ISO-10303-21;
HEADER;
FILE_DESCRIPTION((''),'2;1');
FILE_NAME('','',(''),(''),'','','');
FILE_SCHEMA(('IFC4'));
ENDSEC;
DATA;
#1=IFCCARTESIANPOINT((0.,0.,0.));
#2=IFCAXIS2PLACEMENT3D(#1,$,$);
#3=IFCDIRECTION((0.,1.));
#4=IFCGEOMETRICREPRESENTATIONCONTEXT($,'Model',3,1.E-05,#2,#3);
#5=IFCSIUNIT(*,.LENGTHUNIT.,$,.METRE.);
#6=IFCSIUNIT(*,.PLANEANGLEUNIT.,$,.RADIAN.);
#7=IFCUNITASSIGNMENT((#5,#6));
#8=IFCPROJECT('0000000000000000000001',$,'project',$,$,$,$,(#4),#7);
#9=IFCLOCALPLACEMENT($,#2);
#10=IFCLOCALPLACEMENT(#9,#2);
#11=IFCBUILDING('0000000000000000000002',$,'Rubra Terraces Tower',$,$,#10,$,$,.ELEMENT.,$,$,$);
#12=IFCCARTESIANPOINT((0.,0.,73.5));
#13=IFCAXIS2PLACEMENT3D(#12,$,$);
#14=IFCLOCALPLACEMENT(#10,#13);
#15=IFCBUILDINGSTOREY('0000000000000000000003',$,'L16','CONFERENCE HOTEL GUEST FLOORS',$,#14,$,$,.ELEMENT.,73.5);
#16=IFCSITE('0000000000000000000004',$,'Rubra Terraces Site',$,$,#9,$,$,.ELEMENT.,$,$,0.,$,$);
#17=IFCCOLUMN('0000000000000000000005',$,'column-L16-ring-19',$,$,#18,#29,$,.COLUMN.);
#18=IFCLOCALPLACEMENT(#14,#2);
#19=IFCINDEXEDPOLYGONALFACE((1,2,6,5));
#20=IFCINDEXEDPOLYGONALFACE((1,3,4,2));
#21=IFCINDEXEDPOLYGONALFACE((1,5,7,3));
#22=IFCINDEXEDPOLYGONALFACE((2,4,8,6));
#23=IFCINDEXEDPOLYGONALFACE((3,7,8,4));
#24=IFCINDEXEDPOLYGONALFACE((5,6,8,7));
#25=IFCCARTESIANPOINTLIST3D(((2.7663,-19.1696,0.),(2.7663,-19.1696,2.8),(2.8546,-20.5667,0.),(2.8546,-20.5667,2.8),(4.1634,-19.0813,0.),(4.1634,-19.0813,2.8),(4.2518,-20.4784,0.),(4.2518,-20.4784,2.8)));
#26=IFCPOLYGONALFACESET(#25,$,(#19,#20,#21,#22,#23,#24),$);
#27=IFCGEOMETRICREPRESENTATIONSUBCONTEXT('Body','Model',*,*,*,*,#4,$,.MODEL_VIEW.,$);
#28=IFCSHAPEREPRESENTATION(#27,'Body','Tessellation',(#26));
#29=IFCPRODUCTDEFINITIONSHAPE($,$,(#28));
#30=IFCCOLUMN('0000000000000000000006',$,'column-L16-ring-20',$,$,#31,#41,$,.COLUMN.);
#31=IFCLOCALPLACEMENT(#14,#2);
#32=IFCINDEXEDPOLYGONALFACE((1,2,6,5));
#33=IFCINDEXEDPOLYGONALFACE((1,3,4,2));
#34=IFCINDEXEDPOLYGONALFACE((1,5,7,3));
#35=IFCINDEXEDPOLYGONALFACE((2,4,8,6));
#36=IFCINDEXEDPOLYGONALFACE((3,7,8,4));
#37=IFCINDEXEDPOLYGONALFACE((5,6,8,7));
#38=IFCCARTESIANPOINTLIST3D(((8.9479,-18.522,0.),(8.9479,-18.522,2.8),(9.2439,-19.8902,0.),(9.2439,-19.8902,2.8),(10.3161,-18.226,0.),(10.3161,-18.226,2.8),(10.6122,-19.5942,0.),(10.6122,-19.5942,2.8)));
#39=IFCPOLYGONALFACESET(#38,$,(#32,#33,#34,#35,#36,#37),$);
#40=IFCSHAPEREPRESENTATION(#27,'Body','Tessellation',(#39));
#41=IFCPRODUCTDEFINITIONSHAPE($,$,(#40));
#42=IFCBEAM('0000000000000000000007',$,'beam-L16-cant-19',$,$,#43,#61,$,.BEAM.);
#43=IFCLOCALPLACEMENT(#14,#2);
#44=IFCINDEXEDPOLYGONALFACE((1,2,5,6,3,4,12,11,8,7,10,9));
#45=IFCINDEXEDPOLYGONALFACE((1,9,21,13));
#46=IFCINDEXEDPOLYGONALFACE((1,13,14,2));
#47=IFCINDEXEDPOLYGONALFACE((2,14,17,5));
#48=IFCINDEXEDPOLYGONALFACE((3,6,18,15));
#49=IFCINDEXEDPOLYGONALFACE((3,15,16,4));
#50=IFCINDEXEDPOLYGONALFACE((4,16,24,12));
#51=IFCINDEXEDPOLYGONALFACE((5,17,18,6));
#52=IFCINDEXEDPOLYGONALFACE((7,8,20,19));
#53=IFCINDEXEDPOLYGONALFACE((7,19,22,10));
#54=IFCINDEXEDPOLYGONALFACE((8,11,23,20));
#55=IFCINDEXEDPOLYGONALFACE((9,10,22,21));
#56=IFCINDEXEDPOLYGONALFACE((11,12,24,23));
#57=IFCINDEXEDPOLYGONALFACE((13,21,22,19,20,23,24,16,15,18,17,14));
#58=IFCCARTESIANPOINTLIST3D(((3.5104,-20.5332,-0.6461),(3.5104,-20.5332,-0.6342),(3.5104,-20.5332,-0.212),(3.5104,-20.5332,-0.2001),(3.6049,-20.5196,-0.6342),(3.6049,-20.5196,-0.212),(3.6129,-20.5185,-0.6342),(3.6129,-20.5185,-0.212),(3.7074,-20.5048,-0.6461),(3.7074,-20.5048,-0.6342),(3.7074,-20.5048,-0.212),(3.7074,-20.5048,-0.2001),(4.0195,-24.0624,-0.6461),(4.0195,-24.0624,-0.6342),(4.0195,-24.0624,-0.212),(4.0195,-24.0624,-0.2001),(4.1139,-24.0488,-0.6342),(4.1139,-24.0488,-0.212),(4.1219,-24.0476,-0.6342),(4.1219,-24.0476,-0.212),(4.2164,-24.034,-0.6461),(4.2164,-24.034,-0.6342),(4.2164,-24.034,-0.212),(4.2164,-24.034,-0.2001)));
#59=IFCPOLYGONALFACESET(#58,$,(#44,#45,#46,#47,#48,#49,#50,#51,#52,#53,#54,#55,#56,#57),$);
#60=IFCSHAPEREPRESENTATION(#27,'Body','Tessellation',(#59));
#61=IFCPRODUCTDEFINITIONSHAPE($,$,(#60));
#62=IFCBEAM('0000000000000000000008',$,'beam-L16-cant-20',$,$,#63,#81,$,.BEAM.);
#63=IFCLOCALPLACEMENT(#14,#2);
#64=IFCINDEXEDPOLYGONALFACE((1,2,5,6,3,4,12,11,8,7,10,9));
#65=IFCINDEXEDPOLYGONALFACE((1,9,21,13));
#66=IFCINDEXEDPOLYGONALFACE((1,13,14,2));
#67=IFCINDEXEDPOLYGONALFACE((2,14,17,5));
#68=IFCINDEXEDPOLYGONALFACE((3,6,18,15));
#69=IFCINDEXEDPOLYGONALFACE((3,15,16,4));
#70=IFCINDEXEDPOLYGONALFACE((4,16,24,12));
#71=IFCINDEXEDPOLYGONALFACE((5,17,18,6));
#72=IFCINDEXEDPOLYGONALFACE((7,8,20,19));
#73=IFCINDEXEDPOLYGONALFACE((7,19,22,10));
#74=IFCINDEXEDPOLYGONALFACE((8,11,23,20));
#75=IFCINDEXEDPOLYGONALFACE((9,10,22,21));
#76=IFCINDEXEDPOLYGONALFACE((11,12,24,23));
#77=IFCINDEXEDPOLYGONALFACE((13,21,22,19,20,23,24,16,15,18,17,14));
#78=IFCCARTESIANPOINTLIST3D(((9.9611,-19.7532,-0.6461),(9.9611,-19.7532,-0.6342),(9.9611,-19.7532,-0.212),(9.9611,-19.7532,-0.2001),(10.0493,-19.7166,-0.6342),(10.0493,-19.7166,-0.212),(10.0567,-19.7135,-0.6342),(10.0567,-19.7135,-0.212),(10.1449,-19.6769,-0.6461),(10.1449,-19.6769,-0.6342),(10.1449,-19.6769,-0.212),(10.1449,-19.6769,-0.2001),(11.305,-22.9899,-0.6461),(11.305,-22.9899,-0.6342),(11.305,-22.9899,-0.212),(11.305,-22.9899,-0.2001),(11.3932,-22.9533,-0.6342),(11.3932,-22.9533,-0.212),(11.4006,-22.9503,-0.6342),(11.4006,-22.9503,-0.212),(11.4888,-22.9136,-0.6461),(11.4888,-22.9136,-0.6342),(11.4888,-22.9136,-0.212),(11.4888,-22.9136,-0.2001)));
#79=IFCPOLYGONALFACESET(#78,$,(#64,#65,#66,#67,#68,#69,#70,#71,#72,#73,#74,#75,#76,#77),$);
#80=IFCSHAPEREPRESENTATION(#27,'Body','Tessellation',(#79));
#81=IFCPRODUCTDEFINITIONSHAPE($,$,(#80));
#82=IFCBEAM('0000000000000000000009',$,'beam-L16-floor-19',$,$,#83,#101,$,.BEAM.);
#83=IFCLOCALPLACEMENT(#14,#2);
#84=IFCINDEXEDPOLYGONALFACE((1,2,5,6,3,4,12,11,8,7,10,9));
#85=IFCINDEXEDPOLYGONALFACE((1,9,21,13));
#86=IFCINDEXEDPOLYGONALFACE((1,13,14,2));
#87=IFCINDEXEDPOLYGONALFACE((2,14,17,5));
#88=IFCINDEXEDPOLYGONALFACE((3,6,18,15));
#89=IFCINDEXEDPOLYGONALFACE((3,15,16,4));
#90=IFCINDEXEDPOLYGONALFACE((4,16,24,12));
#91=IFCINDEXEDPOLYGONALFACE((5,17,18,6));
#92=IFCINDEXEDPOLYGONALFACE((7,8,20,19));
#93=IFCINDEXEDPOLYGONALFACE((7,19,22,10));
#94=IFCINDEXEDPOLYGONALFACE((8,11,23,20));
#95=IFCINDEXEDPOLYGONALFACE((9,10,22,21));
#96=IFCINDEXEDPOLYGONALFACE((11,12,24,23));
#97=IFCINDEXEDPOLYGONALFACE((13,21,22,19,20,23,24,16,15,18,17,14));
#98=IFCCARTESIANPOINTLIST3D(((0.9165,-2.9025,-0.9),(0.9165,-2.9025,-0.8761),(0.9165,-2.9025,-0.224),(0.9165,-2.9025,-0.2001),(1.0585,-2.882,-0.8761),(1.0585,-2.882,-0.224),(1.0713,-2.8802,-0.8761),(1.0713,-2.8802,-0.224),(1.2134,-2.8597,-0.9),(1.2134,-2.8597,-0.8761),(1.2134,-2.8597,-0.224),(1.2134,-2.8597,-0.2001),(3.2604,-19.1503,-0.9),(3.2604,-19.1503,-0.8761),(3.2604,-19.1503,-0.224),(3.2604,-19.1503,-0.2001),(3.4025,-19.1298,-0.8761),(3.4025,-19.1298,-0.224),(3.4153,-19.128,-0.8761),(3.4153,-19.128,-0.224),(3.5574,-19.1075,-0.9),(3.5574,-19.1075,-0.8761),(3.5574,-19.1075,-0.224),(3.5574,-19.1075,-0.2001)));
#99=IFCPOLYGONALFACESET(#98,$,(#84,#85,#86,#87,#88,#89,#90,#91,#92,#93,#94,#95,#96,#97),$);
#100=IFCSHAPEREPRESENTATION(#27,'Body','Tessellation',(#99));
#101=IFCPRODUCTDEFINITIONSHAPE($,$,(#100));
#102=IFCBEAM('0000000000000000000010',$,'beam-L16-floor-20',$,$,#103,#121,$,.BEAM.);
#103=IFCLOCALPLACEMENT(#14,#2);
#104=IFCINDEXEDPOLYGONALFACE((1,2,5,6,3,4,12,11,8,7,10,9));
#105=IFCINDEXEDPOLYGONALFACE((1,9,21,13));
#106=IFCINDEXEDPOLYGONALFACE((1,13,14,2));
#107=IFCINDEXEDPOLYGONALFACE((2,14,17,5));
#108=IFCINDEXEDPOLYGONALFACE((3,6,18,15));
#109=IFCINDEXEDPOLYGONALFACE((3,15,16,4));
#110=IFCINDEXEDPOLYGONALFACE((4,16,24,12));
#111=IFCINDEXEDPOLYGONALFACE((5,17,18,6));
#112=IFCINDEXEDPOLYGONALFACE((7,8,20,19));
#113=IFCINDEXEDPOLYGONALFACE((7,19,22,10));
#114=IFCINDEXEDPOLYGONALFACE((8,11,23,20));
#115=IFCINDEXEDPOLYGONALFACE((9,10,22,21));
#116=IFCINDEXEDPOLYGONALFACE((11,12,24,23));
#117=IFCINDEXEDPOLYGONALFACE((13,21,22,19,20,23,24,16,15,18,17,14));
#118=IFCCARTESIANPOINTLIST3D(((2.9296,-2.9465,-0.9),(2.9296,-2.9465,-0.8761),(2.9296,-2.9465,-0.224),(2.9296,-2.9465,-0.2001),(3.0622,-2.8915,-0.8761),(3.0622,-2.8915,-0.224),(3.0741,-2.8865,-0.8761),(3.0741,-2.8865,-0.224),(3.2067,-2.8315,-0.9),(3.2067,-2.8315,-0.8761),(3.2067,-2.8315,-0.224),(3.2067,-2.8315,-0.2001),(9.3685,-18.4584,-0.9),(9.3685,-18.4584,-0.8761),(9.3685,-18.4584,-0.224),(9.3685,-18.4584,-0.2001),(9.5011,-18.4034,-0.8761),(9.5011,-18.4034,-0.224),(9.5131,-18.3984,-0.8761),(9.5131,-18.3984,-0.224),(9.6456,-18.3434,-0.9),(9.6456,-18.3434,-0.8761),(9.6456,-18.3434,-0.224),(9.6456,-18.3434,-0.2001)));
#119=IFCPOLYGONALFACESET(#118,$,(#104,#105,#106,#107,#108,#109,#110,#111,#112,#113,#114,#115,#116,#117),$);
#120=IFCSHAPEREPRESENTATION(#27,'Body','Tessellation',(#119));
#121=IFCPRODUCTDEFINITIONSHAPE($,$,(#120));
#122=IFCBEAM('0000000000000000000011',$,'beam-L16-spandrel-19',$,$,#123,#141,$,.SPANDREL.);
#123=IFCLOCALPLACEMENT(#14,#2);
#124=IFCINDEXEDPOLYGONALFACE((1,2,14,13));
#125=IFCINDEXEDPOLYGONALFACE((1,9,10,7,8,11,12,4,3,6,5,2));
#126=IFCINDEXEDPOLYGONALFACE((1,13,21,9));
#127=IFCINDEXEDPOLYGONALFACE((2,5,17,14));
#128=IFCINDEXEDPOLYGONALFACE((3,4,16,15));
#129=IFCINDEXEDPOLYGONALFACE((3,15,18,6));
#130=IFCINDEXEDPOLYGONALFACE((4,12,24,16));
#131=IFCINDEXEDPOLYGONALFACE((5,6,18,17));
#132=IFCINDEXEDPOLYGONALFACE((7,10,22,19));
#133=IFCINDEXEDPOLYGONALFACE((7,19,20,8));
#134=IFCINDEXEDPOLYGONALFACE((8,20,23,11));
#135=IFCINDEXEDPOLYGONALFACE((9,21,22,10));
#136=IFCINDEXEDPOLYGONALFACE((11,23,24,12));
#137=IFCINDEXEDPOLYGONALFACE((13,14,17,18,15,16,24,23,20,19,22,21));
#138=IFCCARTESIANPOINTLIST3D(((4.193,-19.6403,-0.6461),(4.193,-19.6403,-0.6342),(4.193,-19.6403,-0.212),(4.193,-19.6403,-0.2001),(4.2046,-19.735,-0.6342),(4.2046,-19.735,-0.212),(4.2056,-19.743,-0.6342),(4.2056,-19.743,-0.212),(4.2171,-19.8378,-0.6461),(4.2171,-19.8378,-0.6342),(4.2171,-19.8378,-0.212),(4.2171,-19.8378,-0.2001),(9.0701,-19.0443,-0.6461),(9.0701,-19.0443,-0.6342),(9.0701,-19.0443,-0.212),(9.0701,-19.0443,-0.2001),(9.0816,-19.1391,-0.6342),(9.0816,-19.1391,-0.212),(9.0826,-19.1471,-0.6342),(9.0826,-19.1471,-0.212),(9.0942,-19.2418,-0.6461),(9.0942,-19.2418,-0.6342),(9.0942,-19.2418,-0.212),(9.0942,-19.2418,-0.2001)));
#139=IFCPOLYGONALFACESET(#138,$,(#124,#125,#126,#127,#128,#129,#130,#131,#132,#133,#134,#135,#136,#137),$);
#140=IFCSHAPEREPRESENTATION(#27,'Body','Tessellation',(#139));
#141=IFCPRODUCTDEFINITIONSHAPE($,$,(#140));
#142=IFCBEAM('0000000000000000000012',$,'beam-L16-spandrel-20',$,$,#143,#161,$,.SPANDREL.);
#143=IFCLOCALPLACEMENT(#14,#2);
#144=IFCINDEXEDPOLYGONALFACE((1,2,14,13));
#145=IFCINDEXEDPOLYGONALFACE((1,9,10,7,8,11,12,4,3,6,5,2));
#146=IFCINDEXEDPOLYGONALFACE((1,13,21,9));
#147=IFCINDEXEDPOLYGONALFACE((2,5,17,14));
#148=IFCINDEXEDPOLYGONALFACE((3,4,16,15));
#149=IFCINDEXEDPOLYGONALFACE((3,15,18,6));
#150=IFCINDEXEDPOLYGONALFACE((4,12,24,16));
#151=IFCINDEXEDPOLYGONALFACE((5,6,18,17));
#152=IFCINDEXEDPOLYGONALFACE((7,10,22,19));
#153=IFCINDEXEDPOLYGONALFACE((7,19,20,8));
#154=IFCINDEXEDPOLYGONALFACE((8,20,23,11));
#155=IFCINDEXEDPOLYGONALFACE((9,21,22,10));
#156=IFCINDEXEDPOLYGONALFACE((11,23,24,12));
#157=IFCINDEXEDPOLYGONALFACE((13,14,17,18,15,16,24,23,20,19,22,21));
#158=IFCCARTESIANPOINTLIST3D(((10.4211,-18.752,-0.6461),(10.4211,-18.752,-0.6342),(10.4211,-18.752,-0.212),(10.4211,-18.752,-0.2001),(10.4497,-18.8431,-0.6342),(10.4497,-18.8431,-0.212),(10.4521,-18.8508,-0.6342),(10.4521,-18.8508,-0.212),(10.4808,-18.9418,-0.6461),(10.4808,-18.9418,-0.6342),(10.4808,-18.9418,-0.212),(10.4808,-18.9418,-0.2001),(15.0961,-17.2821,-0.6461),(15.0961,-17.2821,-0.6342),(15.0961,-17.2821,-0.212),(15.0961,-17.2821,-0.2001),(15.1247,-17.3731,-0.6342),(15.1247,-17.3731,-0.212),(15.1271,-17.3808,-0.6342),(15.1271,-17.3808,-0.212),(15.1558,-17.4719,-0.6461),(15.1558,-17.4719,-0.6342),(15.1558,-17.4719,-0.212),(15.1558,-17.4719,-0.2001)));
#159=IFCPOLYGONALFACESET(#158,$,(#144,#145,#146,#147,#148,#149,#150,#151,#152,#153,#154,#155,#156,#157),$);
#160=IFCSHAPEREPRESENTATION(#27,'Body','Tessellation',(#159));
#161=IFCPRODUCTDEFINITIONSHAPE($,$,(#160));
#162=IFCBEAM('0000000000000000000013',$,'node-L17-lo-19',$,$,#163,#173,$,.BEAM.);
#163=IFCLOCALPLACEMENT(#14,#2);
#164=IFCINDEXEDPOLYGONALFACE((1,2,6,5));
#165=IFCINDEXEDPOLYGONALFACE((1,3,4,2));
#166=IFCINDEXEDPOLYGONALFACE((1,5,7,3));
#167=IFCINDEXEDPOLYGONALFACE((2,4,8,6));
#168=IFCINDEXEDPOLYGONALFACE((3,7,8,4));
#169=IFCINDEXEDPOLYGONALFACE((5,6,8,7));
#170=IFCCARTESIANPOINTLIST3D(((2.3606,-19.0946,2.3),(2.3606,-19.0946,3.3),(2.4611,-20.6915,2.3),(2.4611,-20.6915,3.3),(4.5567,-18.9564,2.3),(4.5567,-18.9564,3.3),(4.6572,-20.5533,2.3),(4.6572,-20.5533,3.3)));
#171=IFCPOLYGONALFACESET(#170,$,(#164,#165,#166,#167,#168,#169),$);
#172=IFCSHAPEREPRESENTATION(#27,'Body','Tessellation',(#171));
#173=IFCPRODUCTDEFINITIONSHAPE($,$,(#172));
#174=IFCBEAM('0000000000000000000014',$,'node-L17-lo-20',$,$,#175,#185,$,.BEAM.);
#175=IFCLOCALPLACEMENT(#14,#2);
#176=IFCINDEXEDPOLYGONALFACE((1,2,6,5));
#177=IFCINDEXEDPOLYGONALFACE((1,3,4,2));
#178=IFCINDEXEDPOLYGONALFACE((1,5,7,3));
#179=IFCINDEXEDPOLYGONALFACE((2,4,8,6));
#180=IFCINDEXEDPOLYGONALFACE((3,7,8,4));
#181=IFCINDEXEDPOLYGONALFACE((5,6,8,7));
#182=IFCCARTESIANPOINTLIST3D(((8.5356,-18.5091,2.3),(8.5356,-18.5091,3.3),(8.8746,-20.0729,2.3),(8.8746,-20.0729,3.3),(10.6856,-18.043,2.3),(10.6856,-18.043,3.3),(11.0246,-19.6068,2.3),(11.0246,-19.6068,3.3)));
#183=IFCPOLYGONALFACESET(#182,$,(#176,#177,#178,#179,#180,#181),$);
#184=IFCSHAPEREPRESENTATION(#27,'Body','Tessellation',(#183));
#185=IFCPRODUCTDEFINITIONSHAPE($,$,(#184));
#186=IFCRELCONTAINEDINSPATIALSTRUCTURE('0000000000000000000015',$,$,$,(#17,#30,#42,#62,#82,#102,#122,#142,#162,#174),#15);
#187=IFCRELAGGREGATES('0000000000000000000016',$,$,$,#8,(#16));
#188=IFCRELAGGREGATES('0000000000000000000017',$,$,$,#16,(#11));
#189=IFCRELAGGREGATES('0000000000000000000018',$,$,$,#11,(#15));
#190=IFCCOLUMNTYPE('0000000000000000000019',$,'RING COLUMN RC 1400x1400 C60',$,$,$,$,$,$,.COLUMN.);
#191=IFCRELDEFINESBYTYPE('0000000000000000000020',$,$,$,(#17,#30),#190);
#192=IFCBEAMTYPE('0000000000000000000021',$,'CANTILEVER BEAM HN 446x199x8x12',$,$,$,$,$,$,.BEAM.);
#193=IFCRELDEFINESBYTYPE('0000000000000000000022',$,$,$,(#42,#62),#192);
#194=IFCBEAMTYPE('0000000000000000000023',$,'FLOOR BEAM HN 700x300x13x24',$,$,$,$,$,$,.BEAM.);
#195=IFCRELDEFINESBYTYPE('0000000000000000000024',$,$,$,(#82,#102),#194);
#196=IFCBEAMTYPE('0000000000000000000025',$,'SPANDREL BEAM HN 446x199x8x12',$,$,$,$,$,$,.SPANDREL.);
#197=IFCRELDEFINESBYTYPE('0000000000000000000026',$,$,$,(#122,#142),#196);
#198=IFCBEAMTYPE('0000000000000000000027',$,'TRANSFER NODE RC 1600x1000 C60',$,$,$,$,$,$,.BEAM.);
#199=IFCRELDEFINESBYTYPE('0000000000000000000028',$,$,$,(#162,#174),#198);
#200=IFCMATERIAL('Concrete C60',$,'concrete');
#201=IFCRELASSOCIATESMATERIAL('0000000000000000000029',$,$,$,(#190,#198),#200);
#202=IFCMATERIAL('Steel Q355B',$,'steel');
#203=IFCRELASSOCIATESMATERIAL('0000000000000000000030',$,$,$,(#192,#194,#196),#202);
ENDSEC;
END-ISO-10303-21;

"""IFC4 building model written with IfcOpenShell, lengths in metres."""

from ifc_helpers import new_model, si_unit, direction, frame, origin, origin_2d, place, context, subcontext, project, spatial, rectangle, i_section, extrude, material, material_profile, profile_set, type_object, element, save


model = new_model("IFC4")

# Units and contexts
model_context = context("Model", 3, precision=1e-05, world=origin(), true_north=direction((0.0, 1.0)))
body_context = subcontext(model_context, "Body", "Model", "MODEL_VIEW")
ifc_project = project(units=[si_unit("LENGTHUNIT", "METRE"), si_unit("PLANEANGLEUNIT", "RADIAN")], contexts=[model_context])

# Site, building, storey
site_placement = place(None, origin())
site = spatial("IfcSite", under=ifc_project, at=site_placement, Name="Rubra Terraces Site", CompositionType="ELEMENT", RefElevation=0.0)
building_placement = place(site_placement, origin())
building = spatial("IfcBuilding", under=site, at=building_placement, Name="Rubra Terraces Tower", CompositionType="ELEMENT")
storey_placement = place(building_placement, frame((0.0, 0.0, 73.5)))
storey = spatial("IfcBuildingStorey", under=building, at=storey_placement, Name="L16", Description="CONFERENCE HOTEL GUEST FLOORS", CompositionType="ELEMENT", Elevation=73.5)

# Columns
ifc_material_1 = material(Name="Concrete C60", Category="concrete")
ifc_material_profile_1 = material_profile(ifc_material_1, rectangle(XDim=1.3999, YDim=1.3999, at=origin_2d()), Name="RC 1400x1400")
ifc_profile_set_1 = profile_set([ifc_material_profile_1], Name="Concrete C60")
column_type = type_object("IfcColumnType", Name="RING COLUMN RC 1400x1400 C60", PredefinedType="COLUMN", material=ifc_profile_set_1)
for number, where, z_axis, x_axis, name in (
    (1, (3.509, -19.824, 0.0), (0.0, 0.0, 1.0), (0.998008, 0.063094, 0.0), "column-L16-ring-19"),
    (2, (9.78, -19.0581, 0.0), (0.0, 0.0, 1.0), (0.977386, 0.211462, 0.0), "column-L16-ring-20"),
):
    element("IfcColumn", number, at=place(storey_placement, frame(where, z_axis=z_axis, x_axis=x_axis)), inside=storey, type_object=column_type, Name=name, PredefinedType="COLUMN", context=body_context, shape_type="SweptSolid", body=[
        extrude(rectangle(XDim=1.3999, YDim=1.3999, at=origin_2d()), origin(), (0.0, 0.0, 1.0), 2.8),
    ])

# Beams
ifc_material_2 = material(Name="Steel Q355B", Category="steel")
ifc_material_profile_2 = material_profile(ifc_material_2, i_section(OverallWidth=0.199, OverallDepth=0.446, WebThickness=0.0081, FlangeThickness=0.012, at=origin_2d()), Name="HN 446x199x8x12")
ifc_profile_set_2 = profile_set([ifc_material_profile_2], Name="Steel Q355B")
beam_type_1 = type_object("IfcBeamType", Name="CANTILEVER BEAM HN 446x199x8x12", PredefinedType="BEAM", material=ifc_profile_set_2)
beam_1_placement = place(storey_placement, frame((3.6089, -20.519, -0.4231), z_axis=(0.142763, -0.989757, 0.0), x_axis=(0.989757, 0.142763, 0.0)))
element("IfcBeam", 3, at=beam_1_placement, inside=storey, type_object=beam_type_1, Name="beam-L16-cant-19", PredefinedType="BEAM", context=body_context, shape_type="SweptSolid", body=[
    extrude(i_section(OverallWidth=0.199, OverallDepth=0.446, WebThickness=0.0081, FlangeThickness=0.012, at=origin_2d()), origin(), (0.0, 0.0, 1.0), 3.5657),
])
beam_2_placement = place(storey_placement, frame((10.053, -19.7151, -0.4231), z_axis=(0.383477, -0.92355, 0.0), x_axis=(0.92355, 0.383477, 0.0)))
element("IfcBeam", 4, at=beam_2_placement, inside=storey, type_object=beam_type_1, Name="beam-L16-cant-20", PredefinedType="BEAM", context=body_context, shape_type="SweptSolid", body=[
    extrude(i_section(OverallWidth=0.199, OverallDepth=0.446, WebThickness=0.0081, FlangeThickness=0.012, at=origin_2d()), origin(), (0.0, 0.0, 1.0), 3.5046),
])
ifc_material_profile_3 = material_profile(ifc_material_2, i_section(OverallWidth=0.3, OverallDepth=0.7, WebThickness=0.0129, FlangeThickness=0.0239, at=origin_2d()), Name="HN 700x300x13x24")
ifc_profile_set_3 = profile_set([ifc_material_profile_3], Name="Steel Q355B")
beam_type_2 = type_object("IfcBeamType", Name="FLOOR BEAM HN 700x300x13x24", PredefinedType="BEAM", material=ifc_profile_set_3)
beam_3_placement = place(storey_placement, frame((3.4089, -19.1289, -0.55), z_axis=(-0.142787, 0.989753, 0.0), x_axis=(-0.989753, -0.142787, 0.0)))
element("IfcBeam", 5, at=beam_3_placement, inside=storey, type_object=beam_type_2, Name="beam-L16-floor-19", PredefinedType="BEAM", context=body_context, shape_type="SweptSolid", body=[
    extrude(i_section(OverallWidth=0.3, OverallDepth=0.7, WebThickness=0.0129, FlangeThickness=0.0239, at=origin_2d()), origin(), (0.0, 0.0, 1.0), 16.416),
])
beam_4_placement = place(storey_placement, frame((9.5071, -18.4009, -0.55), z_axis=(-0.38338, 0.923591, 0.0), x_axis=(-0.923591, -0.38338, 0.0)))
element("IfcBeam", 6, at=beam_4_placement, inside=storey, type_object=beam_type_2, Name="beam-L16-floor-20", PredefinedType="BEAM", context=body_context, shape_type="SweptSolid", body=[
    extrude(i_section(OverallWidth=0.3, OverallDepth=0.7, WebThickness=0.0129, FlangeThickness=0.0239, at=origin_2d()), origin(), (0.0, 0.0, 1.0), 16.7952),
])
ifc_material_profile_4 = material_profile(ifc_material_2, i_section(OverallWidth=0.199, OverallDepth=0.446, WebThickness=0.0081, FlangeThickness=0.012, at=origin_2d()), Name="HN 446x199x8x12")
ifc_profile_set_4 = profile_set([ifc_material_profile_4], Name="Steel Q355B")
beam_type_3 = type_object("IfcBeamType", Name="SPANDREL BEAM HN 446x199x8x12", PredefinedType="SPANDREL", material=ifc_profile_set_4)
beam_5_placement = place(storey_placement, frame((4.2051, -19.739, -0.4231), z_axis=(0.992617, 0.121294, 0.0), x_axis=(-0.121294, 0.992617, 0.0)))
element("IfcBeam", 7, at=beam_5_placement, inside=storey, type_object=beam_type_3, Name="beam-L16-spandrel-19", PredefinedType="SPANDREL", context=body_context, shape_type="SweptSolid", body=[
    extrude(i_section(OverallWidth=0.199, OverallDepth=0.446, WebThickness=0.0081, FlangeThickness=0.012, at=origin_2d()), origin(), (0.0, 0.0, 1.0), 4.9133),
])
beam_6_placement = place(storey_placement, frame((10.4509, -18.8469, -0.4231), z_axis=(0.953955, 0.299951, 0.0), x_axis=(-0.299951, 0.953955, 0.0)))
element("IfcBeam", 8, at=beam_6_placement, inside=storey, type_object=beam_type_3, Name="beam-L16-spandrel-20", PredefinedType="SPANDREL", context=body_context, shape_type="SweptSolid", body=[
    extrude(i_section(OverallWidth=0.199, OverallDepth=0.446, WebThickness=0.0081, FlangeThickness=0.012, at=origin_2d()), origin(), (0.0, 0.0, 1.0), 4.9006),
])
ifc_material_profile_5 = material_profile(ifc_material_1, rectangle(XDim=1.6001, YDim=1.0, at=origin_2d()), Name="RC 1600x1000")
ifc_profile_set_5 = profile_set([ifc_material_profile_5], Name="Concrete C60")
beam_type_4 = type_object("IfcBeamType", Name="TRANSFER NODE RC 1600x1000 C60", PredefinedType="BEAM", material=ifc_profile_set_5)
beam_7_placement = place(storey_placement, frame((2.4109, -19.8931, 2.8), z_axis=(0.998026, 0.0628, 0.0), x_axis=(-0.0628, 0.998026, 0.0)))
element("IfcBeam", 9, at=beam_7_placement, inside=storey, type_object=beam_type_4, Name="node-L17-lo-19", PredefinedType="BEAM", context=body_context, shape_type="SweptSolid", body=[
    extrude(rectangle(XDim=1.6001, YDim=1.0, at=origin_2d()), origin(), (0.0, 0.0, 1.0), 2.2004),
])
beam_8_placement = place(storey_placement, frame((8.7051, -19.291, 2.8), z_axis=(0.977299, 0.211863, 0.0), x_axis=(-0.211863, 0.977299, 0.0)))
element("IfcBeam", 10, at=beam_8_placement, inside=storey, type_object=beam_type_4, Name="node-L17-lo-20", PredefinedType="BEAM", context=body_context, shape_type="SweptSolid", body=[
    extrude(rectangle(XDim=1.6001, YDim=1.0, at=origin_2d()), origin(), (0.0, 0.0, 1.0), 2.2),
])

save(model, "model.ifc")
